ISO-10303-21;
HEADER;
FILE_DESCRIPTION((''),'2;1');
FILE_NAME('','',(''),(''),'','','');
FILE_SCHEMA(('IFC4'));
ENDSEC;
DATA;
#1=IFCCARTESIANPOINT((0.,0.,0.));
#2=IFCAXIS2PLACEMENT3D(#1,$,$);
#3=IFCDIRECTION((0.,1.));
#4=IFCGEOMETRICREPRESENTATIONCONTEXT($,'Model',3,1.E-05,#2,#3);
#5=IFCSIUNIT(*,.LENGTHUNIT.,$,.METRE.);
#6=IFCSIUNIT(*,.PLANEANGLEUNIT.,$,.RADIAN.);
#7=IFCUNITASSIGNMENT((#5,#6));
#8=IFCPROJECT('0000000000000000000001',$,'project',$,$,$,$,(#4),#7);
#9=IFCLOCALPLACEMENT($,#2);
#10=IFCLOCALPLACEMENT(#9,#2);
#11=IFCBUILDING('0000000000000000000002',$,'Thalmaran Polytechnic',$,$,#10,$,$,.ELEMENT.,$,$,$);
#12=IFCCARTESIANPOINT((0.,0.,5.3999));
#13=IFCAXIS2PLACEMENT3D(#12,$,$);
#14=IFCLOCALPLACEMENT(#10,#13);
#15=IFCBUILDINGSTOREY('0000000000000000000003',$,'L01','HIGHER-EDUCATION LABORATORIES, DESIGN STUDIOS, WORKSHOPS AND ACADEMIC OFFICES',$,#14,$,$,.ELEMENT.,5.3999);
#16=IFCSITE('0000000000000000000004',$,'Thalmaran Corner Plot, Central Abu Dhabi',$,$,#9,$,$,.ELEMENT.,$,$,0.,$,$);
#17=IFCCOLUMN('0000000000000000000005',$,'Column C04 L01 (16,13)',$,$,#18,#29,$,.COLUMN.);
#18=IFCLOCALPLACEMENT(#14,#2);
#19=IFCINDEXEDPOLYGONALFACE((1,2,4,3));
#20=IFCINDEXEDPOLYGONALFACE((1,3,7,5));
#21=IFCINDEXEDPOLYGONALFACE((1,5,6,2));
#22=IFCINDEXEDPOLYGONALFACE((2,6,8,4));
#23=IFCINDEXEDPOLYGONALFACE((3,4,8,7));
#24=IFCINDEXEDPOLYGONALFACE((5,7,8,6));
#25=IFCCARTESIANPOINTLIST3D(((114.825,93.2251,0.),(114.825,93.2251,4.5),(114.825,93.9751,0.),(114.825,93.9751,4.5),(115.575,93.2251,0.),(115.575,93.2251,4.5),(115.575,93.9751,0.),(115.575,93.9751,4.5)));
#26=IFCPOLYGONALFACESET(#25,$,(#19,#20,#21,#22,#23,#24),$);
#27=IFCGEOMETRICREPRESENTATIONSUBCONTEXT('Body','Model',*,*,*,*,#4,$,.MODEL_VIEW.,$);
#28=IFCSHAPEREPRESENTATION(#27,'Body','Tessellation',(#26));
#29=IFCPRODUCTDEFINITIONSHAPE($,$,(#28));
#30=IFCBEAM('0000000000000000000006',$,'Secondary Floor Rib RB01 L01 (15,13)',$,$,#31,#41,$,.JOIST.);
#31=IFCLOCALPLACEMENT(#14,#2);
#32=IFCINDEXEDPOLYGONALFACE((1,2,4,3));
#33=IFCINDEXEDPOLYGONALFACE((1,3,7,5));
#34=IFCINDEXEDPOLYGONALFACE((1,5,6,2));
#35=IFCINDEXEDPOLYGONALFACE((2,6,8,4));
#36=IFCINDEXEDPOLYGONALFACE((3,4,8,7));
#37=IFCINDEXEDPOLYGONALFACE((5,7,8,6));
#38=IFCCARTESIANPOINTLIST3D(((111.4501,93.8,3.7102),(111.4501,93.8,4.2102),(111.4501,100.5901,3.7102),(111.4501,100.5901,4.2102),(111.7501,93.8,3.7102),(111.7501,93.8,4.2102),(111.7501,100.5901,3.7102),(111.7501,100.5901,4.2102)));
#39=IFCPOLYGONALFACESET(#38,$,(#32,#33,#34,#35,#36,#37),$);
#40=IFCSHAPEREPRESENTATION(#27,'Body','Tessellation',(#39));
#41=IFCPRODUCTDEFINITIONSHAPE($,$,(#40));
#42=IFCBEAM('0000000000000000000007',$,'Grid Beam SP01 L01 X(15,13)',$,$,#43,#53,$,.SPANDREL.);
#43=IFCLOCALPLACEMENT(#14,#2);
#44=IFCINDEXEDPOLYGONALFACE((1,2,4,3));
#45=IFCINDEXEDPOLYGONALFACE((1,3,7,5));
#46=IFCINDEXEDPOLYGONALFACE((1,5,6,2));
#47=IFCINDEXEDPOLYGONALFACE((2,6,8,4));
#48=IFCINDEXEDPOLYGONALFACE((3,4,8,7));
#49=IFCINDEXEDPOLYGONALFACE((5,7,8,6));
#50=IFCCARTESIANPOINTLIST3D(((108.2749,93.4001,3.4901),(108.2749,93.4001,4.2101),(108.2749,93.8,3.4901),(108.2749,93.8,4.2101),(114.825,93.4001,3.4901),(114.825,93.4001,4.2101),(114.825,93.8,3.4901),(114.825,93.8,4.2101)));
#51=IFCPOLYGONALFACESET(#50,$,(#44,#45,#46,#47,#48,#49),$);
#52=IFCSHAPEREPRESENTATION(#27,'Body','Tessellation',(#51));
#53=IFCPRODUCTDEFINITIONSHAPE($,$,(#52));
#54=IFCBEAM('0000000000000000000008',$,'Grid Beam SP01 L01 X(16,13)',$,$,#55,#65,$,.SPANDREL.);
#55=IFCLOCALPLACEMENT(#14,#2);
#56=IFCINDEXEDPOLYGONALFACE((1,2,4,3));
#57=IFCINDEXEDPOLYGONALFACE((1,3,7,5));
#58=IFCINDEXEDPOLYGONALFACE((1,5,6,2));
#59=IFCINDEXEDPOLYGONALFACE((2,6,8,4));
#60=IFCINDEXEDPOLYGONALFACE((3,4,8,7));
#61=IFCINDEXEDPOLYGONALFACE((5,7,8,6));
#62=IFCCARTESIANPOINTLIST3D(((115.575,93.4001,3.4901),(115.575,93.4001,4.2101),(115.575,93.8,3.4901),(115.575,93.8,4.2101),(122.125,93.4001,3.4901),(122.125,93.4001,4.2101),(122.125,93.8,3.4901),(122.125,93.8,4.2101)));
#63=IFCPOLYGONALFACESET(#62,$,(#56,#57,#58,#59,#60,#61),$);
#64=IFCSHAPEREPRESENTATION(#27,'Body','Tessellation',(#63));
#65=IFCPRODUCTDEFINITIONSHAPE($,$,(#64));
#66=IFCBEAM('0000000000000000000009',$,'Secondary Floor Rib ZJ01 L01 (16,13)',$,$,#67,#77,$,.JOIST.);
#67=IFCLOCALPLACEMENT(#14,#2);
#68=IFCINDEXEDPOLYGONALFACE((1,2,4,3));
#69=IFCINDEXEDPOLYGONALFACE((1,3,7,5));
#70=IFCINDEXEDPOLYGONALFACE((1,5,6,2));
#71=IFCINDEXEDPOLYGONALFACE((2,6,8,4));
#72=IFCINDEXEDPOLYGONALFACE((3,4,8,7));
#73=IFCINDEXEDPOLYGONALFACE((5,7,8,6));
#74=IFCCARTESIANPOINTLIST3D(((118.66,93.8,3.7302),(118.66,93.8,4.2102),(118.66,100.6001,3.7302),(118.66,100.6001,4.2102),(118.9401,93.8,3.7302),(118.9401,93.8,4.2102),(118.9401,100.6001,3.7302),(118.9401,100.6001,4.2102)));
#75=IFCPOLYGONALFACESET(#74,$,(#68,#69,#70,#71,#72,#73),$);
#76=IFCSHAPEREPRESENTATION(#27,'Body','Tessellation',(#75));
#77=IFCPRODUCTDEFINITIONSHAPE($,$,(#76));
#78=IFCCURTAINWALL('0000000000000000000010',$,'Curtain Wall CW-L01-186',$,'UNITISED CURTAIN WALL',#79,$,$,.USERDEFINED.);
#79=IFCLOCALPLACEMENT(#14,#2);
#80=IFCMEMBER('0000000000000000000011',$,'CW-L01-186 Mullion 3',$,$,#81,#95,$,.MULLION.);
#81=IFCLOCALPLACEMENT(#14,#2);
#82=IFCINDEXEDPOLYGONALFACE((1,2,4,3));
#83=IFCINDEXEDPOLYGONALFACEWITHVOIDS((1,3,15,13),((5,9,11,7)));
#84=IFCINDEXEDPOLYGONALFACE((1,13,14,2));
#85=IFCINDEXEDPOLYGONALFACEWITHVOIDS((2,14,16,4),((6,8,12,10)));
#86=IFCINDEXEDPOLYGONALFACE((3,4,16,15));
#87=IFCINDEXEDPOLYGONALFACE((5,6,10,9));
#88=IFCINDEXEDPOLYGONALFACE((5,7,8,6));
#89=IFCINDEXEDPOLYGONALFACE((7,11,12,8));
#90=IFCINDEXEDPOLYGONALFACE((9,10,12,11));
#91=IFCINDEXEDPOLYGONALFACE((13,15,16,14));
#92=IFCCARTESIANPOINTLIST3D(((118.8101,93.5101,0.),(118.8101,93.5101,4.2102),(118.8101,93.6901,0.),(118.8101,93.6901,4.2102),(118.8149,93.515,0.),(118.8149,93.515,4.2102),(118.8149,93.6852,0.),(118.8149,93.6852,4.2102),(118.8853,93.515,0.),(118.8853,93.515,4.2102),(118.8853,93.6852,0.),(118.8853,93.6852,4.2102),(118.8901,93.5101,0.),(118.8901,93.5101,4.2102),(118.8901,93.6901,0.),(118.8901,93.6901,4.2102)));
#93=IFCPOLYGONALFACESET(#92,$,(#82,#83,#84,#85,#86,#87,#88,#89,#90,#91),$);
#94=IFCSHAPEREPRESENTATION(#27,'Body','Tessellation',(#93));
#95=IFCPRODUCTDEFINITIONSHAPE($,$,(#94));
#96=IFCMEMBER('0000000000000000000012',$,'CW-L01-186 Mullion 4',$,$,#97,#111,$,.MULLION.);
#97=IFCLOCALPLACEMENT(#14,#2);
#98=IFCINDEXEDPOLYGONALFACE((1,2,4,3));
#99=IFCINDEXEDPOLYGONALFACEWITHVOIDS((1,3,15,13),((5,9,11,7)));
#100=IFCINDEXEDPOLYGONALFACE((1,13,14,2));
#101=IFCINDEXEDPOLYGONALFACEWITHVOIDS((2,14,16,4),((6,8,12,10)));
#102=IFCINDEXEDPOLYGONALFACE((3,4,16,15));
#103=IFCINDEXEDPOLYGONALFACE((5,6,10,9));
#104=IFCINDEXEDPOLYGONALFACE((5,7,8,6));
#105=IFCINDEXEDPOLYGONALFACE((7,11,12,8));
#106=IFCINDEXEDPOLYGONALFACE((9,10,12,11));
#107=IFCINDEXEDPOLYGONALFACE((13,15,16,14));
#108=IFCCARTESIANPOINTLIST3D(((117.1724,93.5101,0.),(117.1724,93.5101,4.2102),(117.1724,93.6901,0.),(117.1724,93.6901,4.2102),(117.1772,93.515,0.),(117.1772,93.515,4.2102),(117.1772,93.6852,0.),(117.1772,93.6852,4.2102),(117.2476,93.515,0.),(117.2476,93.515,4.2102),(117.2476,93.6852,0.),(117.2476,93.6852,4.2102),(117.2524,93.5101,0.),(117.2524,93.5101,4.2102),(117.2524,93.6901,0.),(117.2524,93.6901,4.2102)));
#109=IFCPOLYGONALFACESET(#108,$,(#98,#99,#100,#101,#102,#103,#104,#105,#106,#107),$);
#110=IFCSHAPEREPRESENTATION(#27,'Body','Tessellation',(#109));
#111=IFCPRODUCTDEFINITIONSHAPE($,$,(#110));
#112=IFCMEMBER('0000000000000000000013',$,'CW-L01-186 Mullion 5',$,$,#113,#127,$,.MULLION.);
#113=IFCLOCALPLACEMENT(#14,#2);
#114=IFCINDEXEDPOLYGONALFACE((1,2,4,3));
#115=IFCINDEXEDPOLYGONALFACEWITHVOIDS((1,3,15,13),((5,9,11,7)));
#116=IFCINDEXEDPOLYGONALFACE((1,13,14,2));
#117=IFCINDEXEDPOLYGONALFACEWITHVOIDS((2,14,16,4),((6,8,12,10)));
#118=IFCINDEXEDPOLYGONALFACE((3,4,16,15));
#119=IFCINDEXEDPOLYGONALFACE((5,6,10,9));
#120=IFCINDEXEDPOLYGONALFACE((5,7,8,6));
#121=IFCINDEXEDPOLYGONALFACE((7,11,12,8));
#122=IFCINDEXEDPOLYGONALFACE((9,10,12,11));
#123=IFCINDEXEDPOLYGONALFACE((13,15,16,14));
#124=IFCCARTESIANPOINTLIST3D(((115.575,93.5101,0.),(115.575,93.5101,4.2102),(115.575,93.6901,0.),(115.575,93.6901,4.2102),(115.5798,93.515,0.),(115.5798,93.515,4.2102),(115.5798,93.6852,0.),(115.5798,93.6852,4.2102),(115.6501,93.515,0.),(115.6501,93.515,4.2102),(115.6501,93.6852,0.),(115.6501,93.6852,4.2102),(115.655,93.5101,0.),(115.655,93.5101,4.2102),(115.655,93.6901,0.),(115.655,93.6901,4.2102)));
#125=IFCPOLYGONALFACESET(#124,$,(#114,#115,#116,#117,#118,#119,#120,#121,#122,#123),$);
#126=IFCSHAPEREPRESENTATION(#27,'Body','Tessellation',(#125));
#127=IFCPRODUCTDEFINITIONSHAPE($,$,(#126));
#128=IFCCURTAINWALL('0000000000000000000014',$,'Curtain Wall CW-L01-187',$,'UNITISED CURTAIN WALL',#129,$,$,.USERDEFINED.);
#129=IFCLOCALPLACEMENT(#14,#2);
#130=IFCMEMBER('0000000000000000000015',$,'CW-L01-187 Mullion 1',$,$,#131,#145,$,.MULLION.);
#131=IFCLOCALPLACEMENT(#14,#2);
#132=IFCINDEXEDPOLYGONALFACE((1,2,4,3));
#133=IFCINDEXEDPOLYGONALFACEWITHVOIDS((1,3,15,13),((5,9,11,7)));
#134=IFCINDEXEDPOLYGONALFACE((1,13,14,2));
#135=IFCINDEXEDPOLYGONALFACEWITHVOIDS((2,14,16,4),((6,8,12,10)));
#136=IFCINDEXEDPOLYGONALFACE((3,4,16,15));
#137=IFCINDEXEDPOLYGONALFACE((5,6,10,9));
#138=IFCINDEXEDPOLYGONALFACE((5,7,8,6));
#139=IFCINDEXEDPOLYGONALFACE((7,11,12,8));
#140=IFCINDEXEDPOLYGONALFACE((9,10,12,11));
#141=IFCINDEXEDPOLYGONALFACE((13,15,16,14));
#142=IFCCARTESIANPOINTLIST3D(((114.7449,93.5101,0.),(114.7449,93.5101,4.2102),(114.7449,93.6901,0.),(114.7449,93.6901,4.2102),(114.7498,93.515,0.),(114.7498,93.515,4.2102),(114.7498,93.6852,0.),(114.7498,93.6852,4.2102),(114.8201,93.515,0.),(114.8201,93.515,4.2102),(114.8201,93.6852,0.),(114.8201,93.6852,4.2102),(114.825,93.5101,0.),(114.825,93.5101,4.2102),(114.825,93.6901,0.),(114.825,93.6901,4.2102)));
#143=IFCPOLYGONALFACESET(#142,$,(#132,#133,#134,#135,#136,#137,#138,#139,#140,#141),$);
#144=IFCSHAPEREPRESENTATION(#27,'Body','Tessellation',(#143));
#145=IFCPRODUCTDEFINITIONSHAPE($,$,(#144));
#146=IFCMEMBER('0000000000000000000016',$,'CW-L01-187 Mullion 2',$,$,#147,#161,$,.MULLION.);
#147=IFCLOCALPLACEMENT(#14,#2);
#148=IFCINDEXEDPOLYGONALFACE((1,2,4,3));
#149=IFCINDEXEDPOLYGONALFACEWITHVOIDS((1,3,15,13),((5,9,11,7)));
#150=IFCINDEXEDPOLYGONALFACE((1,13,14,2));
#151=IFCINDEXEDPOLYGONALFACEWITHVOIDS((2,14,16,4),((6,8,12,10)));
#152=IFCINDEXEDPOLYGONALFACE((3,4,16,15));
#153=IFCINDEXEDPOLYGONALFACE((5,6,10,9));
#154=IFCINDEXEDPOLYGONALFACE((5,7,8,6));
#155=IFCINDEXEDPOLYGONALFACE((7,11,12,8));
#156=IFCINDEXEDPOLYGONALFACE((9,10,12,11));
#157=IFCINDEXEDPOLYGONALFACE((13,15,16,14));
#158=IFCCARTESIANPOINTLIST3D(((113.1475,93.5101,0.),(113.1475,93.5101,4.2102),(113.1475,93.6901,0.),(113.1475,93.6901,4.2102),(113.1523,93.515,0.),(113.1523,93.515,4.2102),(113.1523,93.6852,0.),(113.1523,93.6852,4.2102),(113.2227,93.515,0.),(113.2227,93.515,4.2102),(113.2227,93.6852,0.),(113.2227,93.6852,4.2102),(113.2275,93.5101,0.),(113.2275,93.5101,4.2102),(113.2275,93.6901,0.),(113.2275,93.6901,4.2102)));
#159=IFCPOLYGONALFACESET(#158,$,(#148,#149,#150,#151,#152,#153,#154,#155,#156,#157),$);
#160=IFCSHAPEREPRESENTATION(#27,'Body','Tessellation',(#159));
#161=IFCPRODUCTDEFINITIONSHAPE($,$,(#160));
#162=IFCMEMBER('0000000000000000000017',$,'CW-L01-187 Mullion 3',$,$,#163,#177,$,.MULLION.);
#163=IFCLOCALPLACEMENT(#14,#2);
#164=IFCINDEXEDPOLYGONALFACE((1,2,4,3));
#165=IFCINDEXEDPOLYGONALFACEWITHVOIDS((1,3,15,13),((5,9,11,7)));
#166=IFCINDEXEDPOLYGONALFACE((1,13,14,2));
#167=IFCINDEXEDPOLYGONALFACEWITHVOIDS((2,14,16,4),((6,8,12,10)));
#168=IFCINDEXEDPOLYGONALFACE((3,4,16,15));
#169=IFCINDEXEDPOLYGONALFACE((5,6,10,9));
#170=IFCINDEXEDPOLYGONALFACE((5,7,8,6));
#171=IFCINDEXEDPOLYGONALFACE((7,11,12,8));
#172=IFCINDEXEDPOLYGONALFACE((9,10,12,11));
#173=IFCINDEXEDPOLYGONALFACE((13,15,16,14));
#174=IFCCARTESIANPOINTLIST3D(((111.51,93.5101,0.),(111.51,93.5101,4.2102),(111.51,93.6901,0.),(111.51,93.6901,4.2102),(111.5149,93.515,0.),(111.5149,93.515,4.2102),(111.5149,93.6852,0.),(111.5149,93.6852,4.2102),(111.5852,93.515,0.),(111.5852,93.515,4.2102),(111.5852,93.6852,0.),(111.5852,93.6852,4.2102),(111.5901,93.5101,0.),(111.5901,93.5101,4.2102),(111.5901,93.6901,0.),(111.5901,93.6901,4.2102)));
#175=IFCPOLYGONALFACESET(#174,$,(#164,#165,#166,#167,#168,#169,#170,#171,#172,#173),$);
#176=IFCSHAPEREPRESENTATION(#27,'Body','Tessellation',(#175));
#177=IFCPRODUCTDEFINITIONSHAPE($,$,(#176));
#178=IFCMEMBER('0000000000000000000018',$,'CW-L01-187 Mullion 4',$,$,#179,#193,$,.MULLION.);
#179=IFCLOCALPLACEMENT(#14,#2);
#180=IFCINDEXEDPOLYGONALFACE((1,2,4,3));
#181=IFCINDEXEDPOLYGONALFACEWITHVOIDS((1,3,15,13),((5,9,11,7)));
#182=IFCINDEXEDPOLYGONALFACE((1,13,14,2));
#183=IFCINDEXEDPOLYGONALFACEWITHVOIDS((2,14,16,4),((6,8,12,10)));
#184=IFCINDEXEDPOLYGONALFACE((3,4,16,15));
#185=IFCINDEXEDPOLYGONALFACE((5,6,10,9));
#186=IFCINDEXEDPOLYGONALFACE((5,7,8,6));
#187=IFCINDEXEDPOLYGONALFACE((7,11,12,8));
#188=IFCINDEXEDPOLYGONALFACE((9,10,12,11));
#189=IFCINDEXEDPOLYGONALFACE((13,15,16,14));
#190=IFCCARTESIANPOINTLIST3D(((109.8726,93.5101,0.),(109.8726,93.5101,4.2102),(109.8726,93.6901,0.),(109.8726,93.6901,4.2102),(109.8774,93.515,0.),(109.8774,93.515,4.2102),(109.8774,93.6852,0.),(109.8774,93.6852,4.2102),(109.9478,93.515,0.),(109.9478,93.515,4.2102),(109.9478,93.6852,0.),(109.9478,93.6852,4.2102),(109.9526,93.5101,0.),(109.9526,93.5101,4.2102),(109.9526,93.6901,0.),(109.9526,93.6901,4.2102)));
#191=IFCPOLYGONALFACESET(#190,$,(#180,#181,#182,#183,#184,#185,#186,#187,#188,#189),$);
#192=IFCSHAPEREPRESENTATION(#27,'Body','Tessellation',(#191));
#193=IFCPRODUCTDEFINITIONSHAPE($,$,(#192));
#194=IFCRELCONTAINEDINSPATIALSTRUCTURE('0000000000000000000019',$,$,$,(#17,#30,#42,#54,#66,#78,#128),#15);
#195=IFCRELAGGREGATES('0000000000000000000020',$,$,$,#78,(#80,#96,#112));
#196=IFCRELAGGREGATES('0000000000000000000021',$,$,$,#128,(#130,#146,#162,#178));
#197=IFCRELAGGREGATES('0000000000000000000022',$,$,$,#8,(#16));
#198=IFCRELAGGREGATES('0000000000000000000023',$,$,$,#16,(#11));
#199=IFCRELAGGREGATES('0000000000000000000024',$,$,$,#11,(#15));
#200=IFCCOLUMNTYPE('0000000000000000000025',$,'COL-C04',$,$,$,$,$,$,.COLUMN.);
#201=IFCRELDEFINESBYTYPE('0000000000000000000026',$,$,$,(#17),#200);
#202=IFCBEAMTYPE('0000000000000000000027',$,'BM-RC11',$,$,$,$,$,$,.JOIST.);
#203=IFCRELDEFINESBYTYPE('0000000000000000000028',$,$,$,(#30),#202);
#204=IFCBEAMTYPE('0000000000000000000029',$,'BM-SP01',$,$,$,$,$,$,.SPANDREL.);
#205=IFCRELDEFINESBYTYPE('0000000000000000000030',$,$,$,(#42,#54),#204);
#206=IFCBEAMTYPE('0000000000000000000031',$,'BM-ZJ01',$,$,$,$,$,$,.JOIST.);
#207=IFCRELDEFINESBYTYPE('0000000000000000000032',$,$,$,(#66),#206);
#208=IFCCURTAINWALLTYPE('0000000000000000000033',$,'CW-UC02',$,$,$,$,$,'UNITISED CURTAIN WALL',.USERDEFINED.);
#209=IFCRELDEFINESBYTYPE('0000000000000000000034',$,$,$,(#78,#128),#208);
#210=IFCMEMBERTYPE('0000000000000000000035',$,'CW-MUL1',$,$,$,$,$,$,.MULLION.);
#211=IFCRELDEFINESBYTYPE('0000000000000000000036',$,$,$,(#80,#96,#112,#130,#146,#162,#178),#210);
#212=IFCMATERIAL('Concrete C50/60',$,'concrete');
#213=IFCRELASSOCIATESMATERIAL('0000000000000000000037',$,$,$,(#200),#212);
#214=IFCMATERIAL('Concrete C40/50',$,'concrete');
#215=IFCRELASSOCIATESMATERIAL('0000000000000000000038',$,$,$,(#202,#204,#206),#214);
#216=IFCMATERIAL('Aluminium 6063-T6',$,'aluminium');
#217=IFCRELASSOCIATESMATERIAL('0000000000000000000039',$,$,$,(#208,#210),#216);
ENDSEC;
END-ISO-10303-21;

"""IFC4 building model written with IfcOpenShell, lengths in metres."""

from ifc_helpers import new_model, si_unit, direction, frame, origin, origin_2d, place, context, subcontext, project, spatial, rectangle, hollow_rectangle, extrude, material, material_profile, profile_set, type_object, element, aggregate, save


model = new_model("IFC4")

# Units and contexts
model_context = context("Model", 3, precision=1e-05, world=origin(), true_north=direction((0.0, 1.0)))
body_context = subcontext(model_context, "Body", "Model", "MODEL_VIEW")
ifc_project = project(units=[si_unit("LENGTHUNIT", "METRE"), si_unit("PLANEANGLEUNIT", "RADIAN")], contexts=[model_context])

# Site, building, storey
site_placement = place(None, origin())
site = spatial("IfcSite", under=ifc_project, at=site_placement, Name="Thalmaran Corner Plot, Central Abu Dhabi", CompositionType="ELEMENT", RefElevation=0.0)
building_placement = place(site_placement, origin())
building = spatial("IfcBuilding", under=site, at=building_placement, Name="Thalmaran Polytechnic", CompositionType="ELEMENT")
storey_placement = place(building_placement, frame((0.0, 0.0, 5.3999)))
storey = spatial("IfcBuildingStorey", under=building, at=storey_placement, Name="L01", Description="HIGHER-EDUCATION LABORATORIES, DESIGN STUDIOS, WORKSHOPS AND ACADEMIC OFFICES", CompositionType="ELEMENT", Elevation=5.3999)

# Column
ifc_material_1 = material(Name="Concrete C50/60", Category="concrete")
ifc_material_profile_1 = material_profile(ifc_material_1, rectangle(XDim=0.75, YDim=0.75, at=origin_2d()), Name="RC 750x750")
ifc_profile_set_1 = profile_set([ifc_material_profile_1], Name="Concrete C50/60")
column_type = type_object("IfcColumnType", Name="COL-C04", PredefinedType="COLUMN", material=ifc_profile_set_1)
column_placement = place(storey_placement, frame((115.2, 93.6001, 0.0), z_axis=(0.0, 0.0, 1.0), x_axis=(1.0, 0.0, 0.0)))
element("IfcColumn", 1, at=column_placement, inside=storey, type_object=column_type, Name="Column C04 L01 (16,13)", PredefinedType="COLUMN", context=body_context, shape_type="SweptSolid", body=[
    extrude(rectangle(XDim=0.75, YDim=0.75, at=origin_2d()), origin(), (0.0, 0.0, 1.0), 4.5),
])

# Beams
ifc_material_2 = material(Name="Concrete C40/50", Category="concrete")
ifc_material_profile_2 = material_profile(ifc_material_2, rectangle(XDim=0.3, YDim=0.5, at=origin_2d()), Name="RC 300x500")
ifc_profile_set_2 = profile_set([ifc_material_profile_2], Name="Concrete C40/50")
beam_type_1 = type_object("IfcBeamType", Name="BM-RC11", PredefinedType="JOIST", material=ifc_profile_set_2)
beam_1_placement = place(storey_placement, frame((111.6001, 93.8, 3.9602), z_axis=(0.0, 1.0, 0.0), x_axis=(-1.0, 0.0, 0.0)))
element("IfcBeam", 2, at=beam_1_placement, inside=storey, type_object=beam_type_1, Name="Secondary Floor Rib RB01 L01 (15,13)", PredefinedType="JOIST", context=body_context, shape_type="SweptSolid", body=[
    extrude(rectangle(XDim=0.3, YDim=0.5, at=origin_2d()), origin(), (0.0, 0.0, 1.0), 6.79),
])
ifc_material_profile_3 = material_profile(ifc_material_2, rectangle(XDim=0.3999, YDim=0.72, at=origin_2d()), Name="RC 400x720")
ifc_profile_set_3 = profile_set([ifc_material_profile_3], Name="Concrete C40/50")
beam_type_2 = type_object("IfcBeamType", Name="BM-SP01", PredefinedType="SPANDREL", material=ifc_profile_set_3)
for number, where, z_axis, x_axis, name in (
    (3, (108.2749, 93.6001, 3.8501), (1.0, 0.0, 0.0), (0.0, 1.0, 0.0), "Grid Beam SP01 L01 X(15,13)"),
    (4, (115.575, 93.6001, 3.8501), (1.0, 0.0, 0.0), (0.0, 1.0, 0.0), "Grid Beam SP01 L01 X(16,13)"),
):
    element("IfcBeam", number, at=place(storey_placement, frame(where, z_axis=z_axis, x_axis=x_axis)), inside=storey, type_object=beam_type_2, Name=name, PredefinedType="SPANDREL", context=body_context, shape_type="SweptSolid", body=[
        extrude(rectangle(XDim=0.3999, YDim=0.72, at=origin_2d()), origin(), (0.0, 0.0, 1.0), 6.55),
    ])
ifc_material_profile_4 = material_profile(ifc_material_2, rectangle(XDim=0.28, YDim=0.48, at=origin_2d()), Name="RC 280x480")
ifc_profile_set_4 = profile_set([ifc_material_profile_4], Name="Concrete C40/50")
beam_type_3 = type_object("IfcBeamType", Name="BM-ZJ01", PredefinedType="JOIST", material=ifc_profile_set_4)
beam_2_placement = place(storey_placement, frame((118.8, 93.8, 3.9702), z_axis=(0.0, 1.0, 0.0), x_axis=(-1.0, 0.0, 0.0)))
element("IfcBeam", 5, at=beam_2_placement, inside=storey, type_object=beam_type_3, Name="Secondary Floor Rib ZJ01 L01 (16,13)", PredefinedType="JOIST", context=body_context, shape_type="SweptSolid", body=[
    extrude(rectangle(XDim=0.28, YDim=0.48, at=origin_2d()), origin(), (0.0, 0.0, 1.0), 6.8),
])

# Curtain walls, members
ifc_material_3 = material(Name="Aluminium 6063-T6", Category="aluminium")
curtain_wall_type = type_object("IfcCurtainWallType", Name="CW-UC02", ElementType="UNITISED CURTAIN WALL", PredefinedType="USERDEFINED", material=ifc_material_3)
curtain_wall_1_placement = place(storey_placement, origin())
curtain_wall_1 = element("IfcCurtainWall", 6, at=curtain_wall_1_placement, inside=storey, type_object=curtain_wall_type, Name="Curtain Wall CW-L01-186", ObjectType="UNITISED CURTAIN WALL", PredefinedType="USERDEFINED")
ifc_material_profile_5 = material_profile(ifc_material_3, hollow_rectangle(XDim=0.0801, YDim=0.1799, WallThickness=0.0049, at=origin_2d()), Name="RHS 180x80x5.0")
ifc_profile_set_5 = profile_set([ifc_material_profile_5], Name="Aluminium 6063-T6")
member_type_1 = type_object("IfcMemberType", Name="CW-MUL1", PredefinedType="MULLION", material=ifc_profile_set_5)
member_1_placement = place(storey_placement, frame((118.8501, 93.6001, 0.0), z_axis=(0.0, 0.0, 1.0), x_axis=(1.0, 0.0, 0.0)))
member_1 = element("IfcMember", 7, at=member_1_placement, type_object=member_type_1, Name="CW-L01-186 Mullion 3", PredefinedType="MULLION", context=body_context, shape_type="SweptSolid", body=[
    extrude(hollow_rectangle(XDim=0.0801, YDim=0.1799, WallThickness=0.0049, at=origin_2d()), origin(), (0.0, 0.0, 1.0), 4.2102),
])
member_2_placement = place(storey_placement, frame((117.2124, 93.6001, 0.0), z_axis=(0.0, 0.0, 1.0), x_axis=(1.0, 0.0, 0.0)))
member_2 = element("IfcMember", 8, at=member_2_placement, type_object=member_type_1, Name="CW-L01-186 Mullion 4", PredefinedType="MULLION", context=body_context, shape_type="SweptSolid", body=[
    extrude(hollow_rectangle(XDim=0.0801, YDim=0.1799, WallThickness=0.0049, at=origin_2d()), origin(), (0.0, 0.0, 1.0), 4.2102),
])
member_3_placement = place(storey_placement, frame((115.615, 93.6001, 0.0), z_axis=(0.0, 0.0, 1.0), x_axis=(1.0, 0.0, 0.0)))
member_3 = element("IfcMember", 9, at=member_3_placement, type_object=member_type_1, Name="CW-L01-186 Mullion 5", PredefinedType="MULLION", context=body_context, shape_type="SweptSolid", body=[
    extrude(hollow_rectangle(XDim=0.0801, YDim=0.1799, WallThickness=0.0049, at=origin_2d()), origin(), (0.0, 0.0, 1.0), 4.2102),
])
curtain_wall_2_placement = place(storey_placement, origin())
curtain_wall_2 = element("IfcCurtainWall", 10, at=curtain_wall_2_placement, inside=storey, type_object=curtain_wall_type, Name="Curtain Wall CW-L01-187", ObjectType="UNITISED CURTAIN WALL", PredefinedType="USERDEFINED")
member_4_placement = place(storey_placement, frame((114.7849, 93.6001, 0.0), z_axis=(0.0, 0.0, 1.0), x_axis=(1.0, 0.0, 0.0)))
member_4 = element("IfcMember", 11, at=member_4_placement, type_object=member_type_1, Name="CW-L01-187 Mullion 1", PredefinedType="MULLION", context=body_context, shape_type="SweptSolid", body=[
    extrude(hollow_rectangle(XDim=0.0801, YDim=0.1799, WallThickness=0.0049, at=origin_2d()), origin(), (0.0, 0.0, 1.0), 4.2102),
])
member_5_placement = place(storey_placement, frame((113.1875, 93.6001, 0.0), z_axis=(0.0, 0.0, 1.0), x_axis=(1.0, 0.0, 0.0)))
member_5 = element("IfcMember", 12, at=member_5_placement, type_object=member_type_1, Name="CW-L01-187 Mullion 2", PredefinedType="MULLION", context=body_context, shape_type="SweptSolid", body=[
    extrude(hollow_rectangle(XDim=0.0801, YDim=0.1799, WallThickness=0.0049, at=origin_2d()), origin(), (0.0, 0.0, 1.0), 4.2102),
])
member_6_placement = place(storey_placement, frame((111.55, 93.6001, 0.0), z_axis=(0.0, 0.0, 1.0), x_axis=(1.0, 0.0, 0.0)))
member_6 = element("IfcMember", 13, at=member_6_placement, type_object=member_type_1, Name="CW-L01-187 Mullion 3", PredefinedType="MULLION", context=body_context, shape_type="SweptSolid", body=[
    extrude(hollow_rectangle(XDim=0.0801, YDim=0.1799, WallThickness=0.0049, at=origin_2d()), origin(), (0.0, 0.0, 1.0), 4.2102),
])
member_7_placement = place(storey_placement, frame((109.9126, 93.6001, 0.0), z_axis=(0.0, 0.0, 1.0), x_axis=(1.0, 0.0, 0.0)))
member_7 = element("IfcMember", 14, at=member_7_placement, type_object=member_type_1, Name="CW-L01-187 Mullion 4", PredefinedType="MULLION", context=body_context, shape_type="SweptSolid", body=[
    extrude(hollow_rectangle(XDim=0.0801, YDim=0.1799, WallThickness=0.0049, at=origin_2d()), origin(), (0.0, 0.0, 1.0), 4.2102),
])

aggregate(curtain_wall_1, [member_1, member_2, member_3])
aggregate(curtain_wall_2, [member_4, member_5, member_6, member_7])

save(model, "model.ifc")
